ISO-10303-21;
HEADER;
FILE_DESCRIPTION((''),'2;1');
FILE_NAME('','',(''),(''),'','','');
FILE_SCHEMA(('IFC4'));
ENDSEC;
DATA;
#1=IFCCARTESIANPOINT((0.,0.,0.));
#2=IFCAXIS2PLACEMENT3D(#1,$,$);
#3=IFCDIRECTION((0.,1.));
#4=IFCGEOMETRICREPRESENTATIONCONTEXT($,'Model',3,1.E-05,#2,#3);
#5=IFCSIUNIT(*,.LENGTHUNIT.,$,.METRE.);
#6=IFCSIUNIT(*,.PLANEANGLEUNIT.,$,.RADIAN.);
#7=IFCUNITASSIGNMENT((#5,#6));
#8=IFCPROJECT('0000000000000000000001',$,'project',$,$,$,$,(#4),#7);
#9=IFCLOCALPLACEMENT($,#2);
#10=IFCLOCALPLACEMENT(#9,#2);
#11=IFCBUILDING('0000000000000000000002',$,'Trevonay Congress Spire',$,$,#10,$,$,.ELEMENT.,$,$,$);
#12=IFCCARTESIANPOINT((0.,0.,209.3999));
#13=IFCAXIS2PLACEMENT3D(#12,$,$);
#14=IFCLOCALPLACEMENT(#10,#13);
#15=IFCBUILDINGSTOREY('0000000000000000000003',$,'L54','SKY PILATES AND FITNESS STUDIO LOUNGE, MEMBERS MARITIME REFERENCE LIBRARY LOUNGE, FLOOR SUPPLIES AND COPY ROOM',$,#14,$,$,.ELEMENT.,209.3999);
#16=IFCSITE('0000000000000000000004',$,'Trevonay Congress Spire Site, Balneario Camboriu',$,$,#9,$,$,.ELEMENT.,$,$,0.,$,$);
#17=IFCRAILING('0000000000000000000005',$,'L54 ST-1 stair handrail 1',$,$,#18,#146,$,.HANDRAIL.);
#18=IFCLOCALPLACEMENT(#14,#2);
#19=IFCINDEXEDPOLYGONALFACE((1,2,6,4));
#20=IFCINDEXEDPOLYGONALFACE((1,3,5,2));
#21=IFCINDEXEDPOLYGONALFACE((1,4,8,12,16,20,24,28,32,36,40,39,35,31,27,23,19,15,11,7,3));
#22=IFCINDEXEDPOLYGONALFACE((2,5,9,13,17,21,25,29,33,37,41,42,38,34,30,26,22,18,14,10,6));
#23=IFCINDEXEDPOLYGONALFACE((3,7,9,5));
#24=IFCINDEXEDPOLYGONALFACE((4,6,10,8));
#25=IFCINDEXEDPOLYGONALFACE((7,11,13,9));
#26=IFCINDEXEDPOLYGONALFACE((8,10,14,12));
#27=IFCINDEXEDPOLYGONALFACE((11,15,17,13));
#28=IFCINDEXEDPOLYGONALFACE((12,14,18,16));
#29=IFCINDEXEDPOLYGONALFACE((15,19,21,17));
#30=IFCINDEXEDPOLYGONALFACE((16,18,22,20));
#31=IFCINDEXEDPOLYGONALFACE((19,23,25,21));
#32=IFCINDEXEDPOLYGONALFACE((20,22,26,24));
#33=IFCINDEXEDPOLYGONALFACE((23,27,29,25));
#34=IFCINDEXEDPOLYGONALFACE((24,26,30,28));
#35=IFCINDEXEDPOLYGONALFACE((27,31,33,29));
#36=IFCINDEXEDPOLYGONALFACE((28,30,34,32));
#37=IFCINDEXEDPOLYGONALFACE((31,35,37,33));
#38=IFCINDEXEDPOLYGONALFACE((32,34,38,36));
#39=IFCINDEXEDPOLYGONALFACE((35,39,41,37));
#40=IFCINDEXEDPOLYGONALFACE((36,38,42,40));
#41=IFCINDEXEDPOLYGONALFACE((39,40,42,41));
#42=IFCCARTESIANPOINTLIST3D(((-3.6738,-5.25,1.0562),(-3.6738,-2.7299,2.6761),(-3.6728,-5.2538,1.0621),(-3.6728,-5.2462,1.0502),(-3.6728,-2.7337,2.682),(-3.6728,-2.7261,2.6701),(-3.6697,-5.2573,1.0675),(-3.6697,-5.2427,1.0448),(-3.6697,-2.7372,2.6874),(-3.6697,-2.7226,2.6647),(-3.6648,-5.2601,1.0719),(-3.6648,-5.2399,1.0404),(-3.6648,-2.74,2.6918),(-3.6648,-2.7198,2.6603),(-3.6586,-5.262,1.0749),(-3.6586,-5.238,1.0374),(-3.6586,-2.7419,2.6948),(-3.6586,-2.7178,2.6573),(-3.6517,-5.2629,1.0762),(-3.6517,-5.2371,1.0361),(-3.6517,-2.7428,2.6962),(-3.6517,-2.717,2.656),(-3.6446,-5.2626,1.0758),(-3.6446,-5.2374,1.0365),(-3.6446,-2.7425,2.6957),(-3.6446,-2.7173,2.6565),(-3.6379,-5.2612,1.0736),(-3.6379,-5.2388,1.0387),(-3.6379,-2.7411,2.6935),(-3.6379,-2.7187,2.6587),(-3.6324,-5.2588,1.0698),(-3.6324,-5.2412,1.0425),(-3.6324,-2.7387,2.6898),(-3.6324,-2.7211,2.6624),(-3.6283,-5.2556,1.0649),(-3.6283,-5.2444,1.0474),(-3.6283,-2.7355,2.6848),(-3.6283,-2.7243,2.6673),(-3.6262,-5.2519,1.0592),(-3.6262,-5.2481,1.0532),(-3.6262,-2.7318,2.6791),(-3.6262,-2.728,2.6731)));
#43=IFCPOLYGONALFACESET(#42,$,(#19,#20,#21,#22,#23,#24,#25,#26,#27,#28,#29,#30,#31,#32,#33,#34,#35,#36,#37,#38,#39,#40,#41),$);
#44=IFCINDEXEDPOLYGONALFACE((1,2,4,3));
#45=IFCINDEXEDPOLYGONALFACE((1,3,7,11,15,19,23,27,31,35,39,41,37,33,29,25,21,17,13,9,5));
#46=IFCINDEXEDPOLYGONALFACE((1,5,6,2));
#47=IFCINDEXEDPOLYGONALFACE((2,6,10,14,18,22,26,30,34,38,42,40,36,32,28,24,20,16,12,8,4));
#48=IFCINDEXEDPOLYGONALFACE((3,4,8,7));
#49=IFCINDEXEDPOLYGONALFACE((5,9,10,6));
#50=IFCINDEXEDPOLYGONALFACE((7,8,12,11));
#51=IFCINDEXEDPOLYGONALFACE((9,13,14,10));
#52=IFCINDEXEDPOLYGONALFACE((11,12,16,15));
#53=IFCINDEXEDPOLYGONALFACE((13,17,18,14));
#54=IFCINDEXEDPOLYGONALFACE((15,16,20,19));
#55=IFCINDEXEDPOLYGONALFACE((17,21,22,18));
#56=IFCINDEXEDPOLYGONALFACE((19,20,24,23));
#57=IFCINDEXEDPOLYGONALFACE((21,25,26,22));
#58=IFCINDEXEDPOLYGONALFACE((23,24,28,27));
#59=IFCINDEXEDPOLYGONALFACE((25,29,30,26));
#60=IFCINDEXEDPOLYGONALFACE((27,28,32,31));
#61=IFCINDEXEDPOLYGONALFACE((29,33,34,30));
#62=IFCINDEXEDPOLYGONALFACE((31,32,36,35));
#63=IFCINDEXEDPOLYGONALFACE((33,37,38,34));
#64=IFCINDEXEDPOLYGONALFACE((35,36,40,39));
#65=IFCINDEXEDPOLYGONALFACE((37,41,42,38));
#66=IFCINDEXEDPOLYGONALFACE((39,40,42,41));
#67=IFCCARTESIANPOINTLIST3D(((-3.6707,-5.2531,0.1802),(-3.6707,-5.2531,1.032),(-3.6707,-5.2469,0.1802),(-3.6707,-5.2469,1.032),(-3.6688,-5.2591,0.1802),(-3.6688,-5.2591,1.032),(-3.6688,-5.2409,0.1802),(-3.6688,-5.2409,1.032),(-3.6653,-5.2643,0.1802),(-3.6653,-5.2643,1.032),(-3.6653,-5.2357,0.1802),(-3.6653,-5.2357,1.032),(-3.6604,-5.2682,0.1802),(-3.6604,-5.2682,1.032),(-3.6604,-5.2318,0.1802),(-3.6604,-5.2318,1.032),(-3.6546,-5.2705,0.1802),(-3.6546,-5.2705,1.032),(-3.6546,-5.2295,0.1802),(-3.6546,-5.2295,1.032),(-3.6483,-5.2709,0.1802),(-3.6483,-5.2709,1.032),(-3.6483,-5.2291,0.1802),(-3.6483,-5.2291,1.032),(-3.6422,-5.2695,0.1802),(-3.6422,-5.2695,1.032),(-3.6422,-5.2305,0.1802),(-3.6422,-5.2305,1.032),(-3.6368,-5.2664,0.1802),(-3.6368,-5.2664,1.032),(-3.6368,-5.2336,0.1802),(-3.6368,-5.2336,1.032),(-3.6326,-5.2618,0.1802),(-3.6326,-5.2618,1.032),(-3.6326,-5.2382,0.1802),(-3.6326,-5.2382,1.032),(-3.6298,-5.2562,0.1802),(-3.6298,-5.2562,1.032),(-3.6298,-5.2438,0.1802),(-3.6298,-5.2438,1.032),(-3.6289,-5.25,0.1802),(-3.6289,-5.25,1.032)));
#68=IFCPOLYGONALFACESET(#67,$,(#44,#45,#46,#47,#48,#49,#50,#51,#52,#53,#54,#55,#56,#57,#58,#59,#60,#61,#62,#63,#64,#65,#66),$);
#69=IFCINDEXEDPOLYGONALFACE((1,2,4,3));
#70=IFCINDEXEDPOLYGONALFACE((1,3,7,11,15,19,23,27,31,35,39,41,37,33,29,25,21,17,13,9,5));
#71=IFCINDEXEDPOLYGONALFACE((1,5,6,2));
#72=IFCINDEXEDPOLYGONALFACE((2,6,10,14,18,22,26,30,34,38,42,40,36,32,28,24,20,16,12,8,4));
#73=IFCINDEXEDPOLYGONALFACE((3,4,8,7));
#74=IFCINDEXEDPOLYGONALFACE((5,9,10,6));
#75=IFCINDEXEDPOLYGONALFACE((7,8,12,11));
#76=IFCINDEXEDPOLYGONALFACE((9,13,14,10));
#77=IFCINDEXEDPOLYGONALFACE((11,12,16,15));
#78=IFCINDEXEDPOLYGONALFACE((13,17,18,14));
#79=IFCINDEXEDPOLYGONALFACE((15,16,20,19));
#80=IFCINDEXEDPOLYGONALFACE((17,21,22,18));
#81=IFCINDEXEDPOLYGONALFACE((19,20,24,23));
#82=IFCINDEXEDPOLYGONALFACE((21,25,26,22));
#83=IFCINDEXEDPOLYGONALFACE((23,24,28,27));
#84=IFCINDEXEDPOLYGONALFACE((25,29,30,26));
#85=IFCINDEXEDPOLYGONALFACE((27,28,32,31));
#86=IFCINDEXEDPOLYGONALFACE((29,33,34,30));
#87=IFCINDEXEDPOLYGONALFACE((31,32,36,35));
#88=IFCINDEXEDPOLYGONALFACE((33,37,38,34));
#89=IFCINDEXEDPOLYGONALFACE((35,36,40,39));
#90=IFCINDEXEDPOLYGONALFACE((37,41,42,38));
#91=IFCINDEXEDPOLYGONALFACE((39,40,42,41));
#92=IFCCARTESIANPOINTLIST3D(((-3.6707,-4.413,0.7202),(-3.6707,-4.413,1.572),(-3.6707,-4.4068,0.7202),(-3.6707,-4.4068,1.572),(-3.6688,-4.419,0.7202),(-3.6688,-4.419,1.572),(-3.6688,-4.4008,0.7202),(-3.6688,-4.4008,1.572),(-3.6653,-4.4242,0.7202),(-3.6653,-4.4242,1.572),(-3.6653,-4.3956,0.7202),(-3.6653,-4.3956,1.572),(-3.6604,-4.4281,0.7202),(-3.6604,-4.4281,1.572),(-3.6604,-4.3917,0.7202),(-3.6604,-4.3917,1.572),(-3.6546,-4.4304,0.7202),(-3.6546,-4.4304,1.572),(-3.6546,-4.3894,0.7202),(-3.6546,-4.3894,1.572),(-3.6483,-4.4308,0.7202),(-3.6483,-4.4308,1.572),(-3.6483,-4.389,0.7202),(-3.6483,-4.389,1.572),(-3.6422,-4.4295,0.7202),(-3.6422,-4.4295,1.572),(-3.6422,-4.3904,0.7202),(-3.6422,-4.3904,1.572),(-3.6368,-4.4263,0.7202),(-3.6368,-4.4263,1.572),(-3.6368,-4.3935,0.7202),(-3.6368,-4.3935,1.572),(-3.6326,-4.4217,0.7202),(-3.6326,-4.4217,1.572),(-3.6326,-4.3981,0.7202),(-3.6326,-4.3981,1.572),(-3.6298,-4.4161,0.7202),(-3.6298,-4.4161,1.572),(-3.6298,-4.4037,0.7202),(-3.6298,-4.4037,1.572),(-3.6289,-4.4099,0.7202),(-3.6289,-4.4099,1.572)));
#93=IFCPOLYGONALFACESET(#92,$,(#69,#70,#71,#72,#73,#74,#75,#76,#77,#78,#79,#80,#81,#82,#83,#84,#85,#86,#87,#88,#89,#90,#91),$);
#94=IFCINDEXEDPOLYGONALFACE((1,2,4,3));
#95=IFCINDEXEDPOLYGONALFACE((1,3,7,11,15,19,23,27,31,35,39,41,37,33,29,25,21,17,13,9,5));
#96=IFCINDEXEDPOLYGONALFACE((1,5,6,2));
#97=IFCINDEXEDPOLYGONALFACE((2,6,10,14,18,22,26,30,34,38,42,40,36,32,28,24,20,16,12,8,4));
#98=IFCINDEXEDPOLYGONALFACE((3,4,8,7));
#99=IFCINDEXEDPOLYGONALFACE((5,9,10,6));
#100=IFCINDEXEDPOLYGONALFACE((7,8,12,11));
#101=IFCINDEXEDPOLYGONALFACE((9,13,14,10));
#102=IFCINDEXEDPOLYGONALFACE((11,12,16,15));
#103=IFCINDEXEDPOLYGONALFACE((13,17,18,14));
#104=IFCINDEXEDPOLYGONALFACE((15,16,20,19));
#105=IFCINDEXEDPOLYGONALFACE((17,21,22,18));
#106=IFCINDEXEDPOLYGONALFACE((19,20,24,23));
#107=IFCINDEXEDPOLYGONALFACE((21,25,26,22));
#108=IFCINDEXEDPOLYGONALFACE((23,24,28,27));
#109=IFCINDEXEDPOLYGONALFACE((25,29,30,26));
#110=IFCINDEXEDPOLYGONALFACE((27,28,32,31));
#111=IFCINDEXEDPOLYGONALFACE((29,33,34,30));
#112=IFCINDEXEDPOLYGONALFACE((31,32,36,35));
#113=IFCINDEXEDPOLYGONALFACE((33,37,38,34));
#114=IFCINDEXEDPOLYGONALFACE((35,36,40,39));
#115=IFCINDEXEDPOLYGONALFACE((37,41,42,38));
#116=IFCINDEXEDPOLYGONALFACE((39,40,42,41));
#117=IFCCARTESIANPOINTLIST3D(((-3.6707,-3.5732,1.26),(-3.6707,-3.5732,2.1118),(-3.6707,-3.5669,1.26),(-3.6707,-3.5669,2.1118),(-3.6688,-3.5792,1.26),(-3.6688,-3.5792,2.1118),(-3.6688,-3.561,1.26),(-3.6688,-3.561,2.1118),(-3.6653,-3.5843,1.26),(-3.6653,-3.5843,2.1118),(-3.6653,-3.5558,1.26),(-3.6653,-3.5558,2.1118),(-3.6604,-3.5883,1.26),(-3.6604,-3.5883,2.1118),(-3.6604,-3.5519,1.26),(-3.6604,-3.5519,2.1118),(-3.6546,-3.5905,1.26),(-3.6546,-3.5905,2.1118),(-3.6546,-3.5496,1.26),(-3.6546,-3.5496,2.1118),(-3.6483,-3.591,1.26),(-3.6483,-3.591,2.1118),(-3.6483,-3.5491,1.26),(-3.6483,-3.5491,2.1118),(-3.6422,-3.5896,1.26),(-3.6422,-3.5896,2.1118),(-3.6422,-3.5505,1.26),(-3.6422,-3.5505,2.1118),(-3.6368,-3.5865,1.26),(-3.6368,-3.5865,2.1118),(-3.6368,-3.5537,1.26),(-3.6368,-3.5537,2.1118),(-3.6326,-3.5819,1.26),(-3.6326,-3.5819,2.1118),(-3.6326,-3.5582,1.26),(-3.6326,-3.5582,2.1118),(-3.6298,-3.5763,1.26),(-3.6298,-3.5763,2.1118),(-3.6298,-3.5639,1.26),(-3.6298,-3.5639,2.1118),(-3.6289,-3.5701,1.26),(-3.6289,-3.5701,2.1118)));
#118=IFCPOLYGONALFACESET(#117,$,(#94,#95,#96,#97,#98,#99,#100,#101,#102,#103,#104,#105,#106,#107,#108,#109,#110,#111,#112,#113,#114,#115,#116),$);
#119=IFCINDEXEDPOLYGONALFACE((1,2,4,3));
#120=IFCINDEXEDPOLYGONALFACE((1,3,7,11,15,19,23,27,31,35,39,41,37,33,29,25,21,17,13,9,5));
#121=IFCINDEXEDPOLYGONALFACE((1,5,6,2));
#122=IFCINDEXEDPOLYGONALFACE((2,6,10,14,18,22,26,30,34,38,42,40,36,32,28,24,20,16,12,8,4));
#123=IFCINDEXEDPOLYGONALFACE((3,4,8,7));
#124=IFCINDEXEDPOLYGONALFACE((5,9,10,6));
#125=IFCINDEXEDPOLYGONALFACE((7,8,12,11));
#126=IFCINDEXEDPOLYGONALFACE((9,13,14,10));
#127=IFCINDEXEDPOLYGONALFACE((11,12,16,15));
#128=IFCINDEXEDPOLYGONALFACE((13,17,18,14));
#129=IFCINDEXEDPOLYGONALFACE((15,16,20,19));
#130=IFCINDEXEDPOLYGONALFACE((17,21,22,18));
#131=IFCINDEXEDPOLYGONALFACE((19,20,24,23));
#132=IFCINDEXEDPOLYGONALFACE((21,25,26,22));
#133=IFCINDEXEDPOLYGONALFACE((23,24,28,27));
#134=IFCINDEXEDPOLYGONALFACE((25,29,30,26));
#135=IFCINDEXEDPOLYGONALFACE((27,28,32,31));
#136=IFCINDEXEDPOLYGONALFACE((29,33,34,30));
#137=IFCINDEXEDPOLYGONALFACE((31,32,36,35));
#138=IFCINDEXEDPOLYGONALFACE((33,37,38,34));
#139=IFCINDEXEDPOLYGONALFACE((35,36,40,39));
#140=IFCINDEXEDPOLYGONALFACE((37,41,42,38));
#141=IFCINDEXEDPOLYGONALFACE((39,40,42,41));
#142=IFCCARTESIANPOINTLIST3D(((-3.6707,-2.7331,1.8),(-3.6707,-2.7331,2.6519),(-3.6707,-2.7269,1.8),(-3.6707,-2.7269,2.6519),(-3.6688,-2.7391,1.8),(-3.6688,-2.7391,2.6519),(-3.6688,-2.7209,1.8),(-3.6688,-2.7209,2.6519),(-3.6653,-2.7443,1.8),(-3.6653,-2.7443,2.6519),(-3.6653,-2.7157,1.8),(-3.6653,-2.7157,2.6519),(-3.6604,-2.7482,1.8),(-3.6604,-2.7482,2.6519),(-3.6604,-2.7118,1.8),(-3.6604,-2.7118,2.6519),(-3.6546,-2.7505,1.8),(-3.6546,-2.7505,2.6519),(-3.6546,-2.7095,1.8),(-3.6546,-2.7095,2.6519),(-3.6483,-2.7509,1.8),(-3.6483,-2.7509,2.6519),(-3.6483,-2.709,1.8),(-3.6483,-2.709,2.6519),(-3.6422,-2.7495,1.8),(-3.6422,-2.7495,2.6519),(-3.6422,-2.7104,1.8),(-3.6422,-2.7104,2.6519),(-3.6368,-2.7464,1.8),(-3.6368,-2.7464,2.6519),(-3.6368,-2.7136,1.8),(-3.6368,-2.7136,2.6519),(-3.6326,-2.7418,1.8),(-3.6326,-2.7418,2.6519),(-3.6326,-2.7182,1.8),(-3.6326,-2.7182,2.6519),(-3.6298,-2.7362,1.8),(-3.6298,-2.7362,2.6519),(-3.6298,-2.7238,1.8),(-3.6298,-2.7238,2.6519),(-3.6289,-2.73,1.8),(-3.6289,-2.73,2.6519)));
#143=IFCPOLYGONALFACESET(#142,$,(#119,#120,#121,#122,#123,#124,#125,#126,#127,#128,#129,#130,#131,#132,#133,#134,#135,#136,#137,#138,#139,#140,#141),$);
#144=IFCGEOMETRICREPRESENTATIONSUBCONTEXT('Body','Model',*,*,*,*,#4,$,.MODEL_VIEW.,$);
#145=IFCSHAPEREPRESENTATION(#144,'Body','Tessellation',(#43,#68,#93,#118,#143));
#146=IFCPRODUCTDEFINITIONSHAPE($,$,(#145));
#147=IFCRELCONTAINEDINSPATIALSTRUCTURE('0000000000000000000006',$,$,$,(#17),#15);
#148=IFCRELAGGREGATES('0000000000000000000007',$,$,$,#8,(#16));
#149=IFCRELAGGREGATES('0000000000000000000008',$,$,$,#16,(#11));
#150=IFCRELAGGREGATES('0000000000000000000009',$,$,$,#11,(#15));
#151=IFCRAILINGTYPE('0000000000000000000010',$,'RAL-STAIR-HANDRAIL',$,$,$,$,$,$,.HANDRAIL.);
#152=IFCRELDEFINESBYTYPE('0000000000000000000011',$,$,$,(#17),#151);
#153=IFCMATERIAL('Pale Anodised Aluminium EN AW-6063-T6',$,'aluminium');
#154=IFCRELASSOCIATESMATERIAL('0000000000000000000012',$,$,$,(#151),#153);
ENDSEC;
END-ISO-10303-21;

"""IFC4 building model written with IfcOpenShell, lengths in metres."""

from ifc_helpers import new_model, si_unit, direction, frame, origin, origin_2d, place, context, subcontext, project, spatial, circle, extrude, material, type_object, element, save


model = new_model("IFC4")

# Units and contexts
model_context = context("Model", 3, precision=1e-05, world=origin(), true_north=direction((0.0, 1.0)))
body_context = subcontext(model_context, "Body", "Model", "MODEL_VIEW")
ifc_project = project(units=[si_unit("LENGTHUNIT", "METRE"), si_unit("PLANEANGLEUNIT", "RADIAN")], contexts=[model_context])

# Site, building, storey
site_placement = place(None, origin())
site = spatial("IfcSite", under=ifc_project, at=site_placement, Name="Trevonay Congress Spire Site, Balneario Camboriu", CompositionType="ELEMENT", RefElevation=0.0)
building_placement = place(site_placement, origin())
building = spatial("IfcBuilding", under=site, at=building_placement, Name="Trevonay Congress Spire", CompositionType="ELEMENT")
storey_placement = place(building_placement, frame((0.0, 0.0, 209.3999)))
storey = spatial("IfcBuildingStorey", under=building, at=storey_placement, Name="L54", Description="SKY PILATES AND FITNESS STUDIO LOUNGE, MEMBERS MARITIME REFERENCE LIBRARY LOUNGE, FLOOR SUPPLIES AND COPY ROOM", CompositionType="ELEMENT", Elevation=209.3999)

# Railing
ifc_material_1 = material(Name="Pale Anodised Aluminium EN AW-6063-T6", Category="aluminium")
railing_type_1 = type_object("IfcRailingType", Name="RAL-STAIR-HANDRAIL", PredefinedType="HANDRAIL", material=ifc_material_1)
railing_1_placement = place(storey_placement, frame((-3.6499, -5.25, 0.1802)))
element("IfcRailing", 1, at=railing_1_placement, inside=storey, type_object=railing_type_1, Name="L54 ST-1 stair handrail 1", PredefinedType="HANDRAIL", context=body_context, shape_type="SweptSolid", body=[
    extrude(circle(Radius=0.0239, at=origin_2d()), frame((0.0, 0.0, 0.876), z_axis=(0.0, 0.8412, 0.540725), x_axis=(-1.0, 0.0, 0.0)), (0.0, 0.0, 1.0), 2.9958),
    extrude(circle(Radius=0.021, at=origin_2d()), origin(), (0.0, 0.0, 1.0), 0.8518),
    extrude(circle(Radius=0.021, at=origin_2d()), frame((0.0, 0.8401, 0.54)), (0.0, 0.0, 1.0), 0.8518),
    extrude(circle(Radius=0.021, at=origin_2d()), frame((0.0, 1.6799, 1.0798)), (0.0, 0.0, 1.0), 0.8518),
    extrude(circle(Radius=0.021, at=origin_2d()), frame((0.0, 2.52, 1.6199)), (0.0, 0.0, 1.0), 0.8518),
])

save(model, "model.ifc")
